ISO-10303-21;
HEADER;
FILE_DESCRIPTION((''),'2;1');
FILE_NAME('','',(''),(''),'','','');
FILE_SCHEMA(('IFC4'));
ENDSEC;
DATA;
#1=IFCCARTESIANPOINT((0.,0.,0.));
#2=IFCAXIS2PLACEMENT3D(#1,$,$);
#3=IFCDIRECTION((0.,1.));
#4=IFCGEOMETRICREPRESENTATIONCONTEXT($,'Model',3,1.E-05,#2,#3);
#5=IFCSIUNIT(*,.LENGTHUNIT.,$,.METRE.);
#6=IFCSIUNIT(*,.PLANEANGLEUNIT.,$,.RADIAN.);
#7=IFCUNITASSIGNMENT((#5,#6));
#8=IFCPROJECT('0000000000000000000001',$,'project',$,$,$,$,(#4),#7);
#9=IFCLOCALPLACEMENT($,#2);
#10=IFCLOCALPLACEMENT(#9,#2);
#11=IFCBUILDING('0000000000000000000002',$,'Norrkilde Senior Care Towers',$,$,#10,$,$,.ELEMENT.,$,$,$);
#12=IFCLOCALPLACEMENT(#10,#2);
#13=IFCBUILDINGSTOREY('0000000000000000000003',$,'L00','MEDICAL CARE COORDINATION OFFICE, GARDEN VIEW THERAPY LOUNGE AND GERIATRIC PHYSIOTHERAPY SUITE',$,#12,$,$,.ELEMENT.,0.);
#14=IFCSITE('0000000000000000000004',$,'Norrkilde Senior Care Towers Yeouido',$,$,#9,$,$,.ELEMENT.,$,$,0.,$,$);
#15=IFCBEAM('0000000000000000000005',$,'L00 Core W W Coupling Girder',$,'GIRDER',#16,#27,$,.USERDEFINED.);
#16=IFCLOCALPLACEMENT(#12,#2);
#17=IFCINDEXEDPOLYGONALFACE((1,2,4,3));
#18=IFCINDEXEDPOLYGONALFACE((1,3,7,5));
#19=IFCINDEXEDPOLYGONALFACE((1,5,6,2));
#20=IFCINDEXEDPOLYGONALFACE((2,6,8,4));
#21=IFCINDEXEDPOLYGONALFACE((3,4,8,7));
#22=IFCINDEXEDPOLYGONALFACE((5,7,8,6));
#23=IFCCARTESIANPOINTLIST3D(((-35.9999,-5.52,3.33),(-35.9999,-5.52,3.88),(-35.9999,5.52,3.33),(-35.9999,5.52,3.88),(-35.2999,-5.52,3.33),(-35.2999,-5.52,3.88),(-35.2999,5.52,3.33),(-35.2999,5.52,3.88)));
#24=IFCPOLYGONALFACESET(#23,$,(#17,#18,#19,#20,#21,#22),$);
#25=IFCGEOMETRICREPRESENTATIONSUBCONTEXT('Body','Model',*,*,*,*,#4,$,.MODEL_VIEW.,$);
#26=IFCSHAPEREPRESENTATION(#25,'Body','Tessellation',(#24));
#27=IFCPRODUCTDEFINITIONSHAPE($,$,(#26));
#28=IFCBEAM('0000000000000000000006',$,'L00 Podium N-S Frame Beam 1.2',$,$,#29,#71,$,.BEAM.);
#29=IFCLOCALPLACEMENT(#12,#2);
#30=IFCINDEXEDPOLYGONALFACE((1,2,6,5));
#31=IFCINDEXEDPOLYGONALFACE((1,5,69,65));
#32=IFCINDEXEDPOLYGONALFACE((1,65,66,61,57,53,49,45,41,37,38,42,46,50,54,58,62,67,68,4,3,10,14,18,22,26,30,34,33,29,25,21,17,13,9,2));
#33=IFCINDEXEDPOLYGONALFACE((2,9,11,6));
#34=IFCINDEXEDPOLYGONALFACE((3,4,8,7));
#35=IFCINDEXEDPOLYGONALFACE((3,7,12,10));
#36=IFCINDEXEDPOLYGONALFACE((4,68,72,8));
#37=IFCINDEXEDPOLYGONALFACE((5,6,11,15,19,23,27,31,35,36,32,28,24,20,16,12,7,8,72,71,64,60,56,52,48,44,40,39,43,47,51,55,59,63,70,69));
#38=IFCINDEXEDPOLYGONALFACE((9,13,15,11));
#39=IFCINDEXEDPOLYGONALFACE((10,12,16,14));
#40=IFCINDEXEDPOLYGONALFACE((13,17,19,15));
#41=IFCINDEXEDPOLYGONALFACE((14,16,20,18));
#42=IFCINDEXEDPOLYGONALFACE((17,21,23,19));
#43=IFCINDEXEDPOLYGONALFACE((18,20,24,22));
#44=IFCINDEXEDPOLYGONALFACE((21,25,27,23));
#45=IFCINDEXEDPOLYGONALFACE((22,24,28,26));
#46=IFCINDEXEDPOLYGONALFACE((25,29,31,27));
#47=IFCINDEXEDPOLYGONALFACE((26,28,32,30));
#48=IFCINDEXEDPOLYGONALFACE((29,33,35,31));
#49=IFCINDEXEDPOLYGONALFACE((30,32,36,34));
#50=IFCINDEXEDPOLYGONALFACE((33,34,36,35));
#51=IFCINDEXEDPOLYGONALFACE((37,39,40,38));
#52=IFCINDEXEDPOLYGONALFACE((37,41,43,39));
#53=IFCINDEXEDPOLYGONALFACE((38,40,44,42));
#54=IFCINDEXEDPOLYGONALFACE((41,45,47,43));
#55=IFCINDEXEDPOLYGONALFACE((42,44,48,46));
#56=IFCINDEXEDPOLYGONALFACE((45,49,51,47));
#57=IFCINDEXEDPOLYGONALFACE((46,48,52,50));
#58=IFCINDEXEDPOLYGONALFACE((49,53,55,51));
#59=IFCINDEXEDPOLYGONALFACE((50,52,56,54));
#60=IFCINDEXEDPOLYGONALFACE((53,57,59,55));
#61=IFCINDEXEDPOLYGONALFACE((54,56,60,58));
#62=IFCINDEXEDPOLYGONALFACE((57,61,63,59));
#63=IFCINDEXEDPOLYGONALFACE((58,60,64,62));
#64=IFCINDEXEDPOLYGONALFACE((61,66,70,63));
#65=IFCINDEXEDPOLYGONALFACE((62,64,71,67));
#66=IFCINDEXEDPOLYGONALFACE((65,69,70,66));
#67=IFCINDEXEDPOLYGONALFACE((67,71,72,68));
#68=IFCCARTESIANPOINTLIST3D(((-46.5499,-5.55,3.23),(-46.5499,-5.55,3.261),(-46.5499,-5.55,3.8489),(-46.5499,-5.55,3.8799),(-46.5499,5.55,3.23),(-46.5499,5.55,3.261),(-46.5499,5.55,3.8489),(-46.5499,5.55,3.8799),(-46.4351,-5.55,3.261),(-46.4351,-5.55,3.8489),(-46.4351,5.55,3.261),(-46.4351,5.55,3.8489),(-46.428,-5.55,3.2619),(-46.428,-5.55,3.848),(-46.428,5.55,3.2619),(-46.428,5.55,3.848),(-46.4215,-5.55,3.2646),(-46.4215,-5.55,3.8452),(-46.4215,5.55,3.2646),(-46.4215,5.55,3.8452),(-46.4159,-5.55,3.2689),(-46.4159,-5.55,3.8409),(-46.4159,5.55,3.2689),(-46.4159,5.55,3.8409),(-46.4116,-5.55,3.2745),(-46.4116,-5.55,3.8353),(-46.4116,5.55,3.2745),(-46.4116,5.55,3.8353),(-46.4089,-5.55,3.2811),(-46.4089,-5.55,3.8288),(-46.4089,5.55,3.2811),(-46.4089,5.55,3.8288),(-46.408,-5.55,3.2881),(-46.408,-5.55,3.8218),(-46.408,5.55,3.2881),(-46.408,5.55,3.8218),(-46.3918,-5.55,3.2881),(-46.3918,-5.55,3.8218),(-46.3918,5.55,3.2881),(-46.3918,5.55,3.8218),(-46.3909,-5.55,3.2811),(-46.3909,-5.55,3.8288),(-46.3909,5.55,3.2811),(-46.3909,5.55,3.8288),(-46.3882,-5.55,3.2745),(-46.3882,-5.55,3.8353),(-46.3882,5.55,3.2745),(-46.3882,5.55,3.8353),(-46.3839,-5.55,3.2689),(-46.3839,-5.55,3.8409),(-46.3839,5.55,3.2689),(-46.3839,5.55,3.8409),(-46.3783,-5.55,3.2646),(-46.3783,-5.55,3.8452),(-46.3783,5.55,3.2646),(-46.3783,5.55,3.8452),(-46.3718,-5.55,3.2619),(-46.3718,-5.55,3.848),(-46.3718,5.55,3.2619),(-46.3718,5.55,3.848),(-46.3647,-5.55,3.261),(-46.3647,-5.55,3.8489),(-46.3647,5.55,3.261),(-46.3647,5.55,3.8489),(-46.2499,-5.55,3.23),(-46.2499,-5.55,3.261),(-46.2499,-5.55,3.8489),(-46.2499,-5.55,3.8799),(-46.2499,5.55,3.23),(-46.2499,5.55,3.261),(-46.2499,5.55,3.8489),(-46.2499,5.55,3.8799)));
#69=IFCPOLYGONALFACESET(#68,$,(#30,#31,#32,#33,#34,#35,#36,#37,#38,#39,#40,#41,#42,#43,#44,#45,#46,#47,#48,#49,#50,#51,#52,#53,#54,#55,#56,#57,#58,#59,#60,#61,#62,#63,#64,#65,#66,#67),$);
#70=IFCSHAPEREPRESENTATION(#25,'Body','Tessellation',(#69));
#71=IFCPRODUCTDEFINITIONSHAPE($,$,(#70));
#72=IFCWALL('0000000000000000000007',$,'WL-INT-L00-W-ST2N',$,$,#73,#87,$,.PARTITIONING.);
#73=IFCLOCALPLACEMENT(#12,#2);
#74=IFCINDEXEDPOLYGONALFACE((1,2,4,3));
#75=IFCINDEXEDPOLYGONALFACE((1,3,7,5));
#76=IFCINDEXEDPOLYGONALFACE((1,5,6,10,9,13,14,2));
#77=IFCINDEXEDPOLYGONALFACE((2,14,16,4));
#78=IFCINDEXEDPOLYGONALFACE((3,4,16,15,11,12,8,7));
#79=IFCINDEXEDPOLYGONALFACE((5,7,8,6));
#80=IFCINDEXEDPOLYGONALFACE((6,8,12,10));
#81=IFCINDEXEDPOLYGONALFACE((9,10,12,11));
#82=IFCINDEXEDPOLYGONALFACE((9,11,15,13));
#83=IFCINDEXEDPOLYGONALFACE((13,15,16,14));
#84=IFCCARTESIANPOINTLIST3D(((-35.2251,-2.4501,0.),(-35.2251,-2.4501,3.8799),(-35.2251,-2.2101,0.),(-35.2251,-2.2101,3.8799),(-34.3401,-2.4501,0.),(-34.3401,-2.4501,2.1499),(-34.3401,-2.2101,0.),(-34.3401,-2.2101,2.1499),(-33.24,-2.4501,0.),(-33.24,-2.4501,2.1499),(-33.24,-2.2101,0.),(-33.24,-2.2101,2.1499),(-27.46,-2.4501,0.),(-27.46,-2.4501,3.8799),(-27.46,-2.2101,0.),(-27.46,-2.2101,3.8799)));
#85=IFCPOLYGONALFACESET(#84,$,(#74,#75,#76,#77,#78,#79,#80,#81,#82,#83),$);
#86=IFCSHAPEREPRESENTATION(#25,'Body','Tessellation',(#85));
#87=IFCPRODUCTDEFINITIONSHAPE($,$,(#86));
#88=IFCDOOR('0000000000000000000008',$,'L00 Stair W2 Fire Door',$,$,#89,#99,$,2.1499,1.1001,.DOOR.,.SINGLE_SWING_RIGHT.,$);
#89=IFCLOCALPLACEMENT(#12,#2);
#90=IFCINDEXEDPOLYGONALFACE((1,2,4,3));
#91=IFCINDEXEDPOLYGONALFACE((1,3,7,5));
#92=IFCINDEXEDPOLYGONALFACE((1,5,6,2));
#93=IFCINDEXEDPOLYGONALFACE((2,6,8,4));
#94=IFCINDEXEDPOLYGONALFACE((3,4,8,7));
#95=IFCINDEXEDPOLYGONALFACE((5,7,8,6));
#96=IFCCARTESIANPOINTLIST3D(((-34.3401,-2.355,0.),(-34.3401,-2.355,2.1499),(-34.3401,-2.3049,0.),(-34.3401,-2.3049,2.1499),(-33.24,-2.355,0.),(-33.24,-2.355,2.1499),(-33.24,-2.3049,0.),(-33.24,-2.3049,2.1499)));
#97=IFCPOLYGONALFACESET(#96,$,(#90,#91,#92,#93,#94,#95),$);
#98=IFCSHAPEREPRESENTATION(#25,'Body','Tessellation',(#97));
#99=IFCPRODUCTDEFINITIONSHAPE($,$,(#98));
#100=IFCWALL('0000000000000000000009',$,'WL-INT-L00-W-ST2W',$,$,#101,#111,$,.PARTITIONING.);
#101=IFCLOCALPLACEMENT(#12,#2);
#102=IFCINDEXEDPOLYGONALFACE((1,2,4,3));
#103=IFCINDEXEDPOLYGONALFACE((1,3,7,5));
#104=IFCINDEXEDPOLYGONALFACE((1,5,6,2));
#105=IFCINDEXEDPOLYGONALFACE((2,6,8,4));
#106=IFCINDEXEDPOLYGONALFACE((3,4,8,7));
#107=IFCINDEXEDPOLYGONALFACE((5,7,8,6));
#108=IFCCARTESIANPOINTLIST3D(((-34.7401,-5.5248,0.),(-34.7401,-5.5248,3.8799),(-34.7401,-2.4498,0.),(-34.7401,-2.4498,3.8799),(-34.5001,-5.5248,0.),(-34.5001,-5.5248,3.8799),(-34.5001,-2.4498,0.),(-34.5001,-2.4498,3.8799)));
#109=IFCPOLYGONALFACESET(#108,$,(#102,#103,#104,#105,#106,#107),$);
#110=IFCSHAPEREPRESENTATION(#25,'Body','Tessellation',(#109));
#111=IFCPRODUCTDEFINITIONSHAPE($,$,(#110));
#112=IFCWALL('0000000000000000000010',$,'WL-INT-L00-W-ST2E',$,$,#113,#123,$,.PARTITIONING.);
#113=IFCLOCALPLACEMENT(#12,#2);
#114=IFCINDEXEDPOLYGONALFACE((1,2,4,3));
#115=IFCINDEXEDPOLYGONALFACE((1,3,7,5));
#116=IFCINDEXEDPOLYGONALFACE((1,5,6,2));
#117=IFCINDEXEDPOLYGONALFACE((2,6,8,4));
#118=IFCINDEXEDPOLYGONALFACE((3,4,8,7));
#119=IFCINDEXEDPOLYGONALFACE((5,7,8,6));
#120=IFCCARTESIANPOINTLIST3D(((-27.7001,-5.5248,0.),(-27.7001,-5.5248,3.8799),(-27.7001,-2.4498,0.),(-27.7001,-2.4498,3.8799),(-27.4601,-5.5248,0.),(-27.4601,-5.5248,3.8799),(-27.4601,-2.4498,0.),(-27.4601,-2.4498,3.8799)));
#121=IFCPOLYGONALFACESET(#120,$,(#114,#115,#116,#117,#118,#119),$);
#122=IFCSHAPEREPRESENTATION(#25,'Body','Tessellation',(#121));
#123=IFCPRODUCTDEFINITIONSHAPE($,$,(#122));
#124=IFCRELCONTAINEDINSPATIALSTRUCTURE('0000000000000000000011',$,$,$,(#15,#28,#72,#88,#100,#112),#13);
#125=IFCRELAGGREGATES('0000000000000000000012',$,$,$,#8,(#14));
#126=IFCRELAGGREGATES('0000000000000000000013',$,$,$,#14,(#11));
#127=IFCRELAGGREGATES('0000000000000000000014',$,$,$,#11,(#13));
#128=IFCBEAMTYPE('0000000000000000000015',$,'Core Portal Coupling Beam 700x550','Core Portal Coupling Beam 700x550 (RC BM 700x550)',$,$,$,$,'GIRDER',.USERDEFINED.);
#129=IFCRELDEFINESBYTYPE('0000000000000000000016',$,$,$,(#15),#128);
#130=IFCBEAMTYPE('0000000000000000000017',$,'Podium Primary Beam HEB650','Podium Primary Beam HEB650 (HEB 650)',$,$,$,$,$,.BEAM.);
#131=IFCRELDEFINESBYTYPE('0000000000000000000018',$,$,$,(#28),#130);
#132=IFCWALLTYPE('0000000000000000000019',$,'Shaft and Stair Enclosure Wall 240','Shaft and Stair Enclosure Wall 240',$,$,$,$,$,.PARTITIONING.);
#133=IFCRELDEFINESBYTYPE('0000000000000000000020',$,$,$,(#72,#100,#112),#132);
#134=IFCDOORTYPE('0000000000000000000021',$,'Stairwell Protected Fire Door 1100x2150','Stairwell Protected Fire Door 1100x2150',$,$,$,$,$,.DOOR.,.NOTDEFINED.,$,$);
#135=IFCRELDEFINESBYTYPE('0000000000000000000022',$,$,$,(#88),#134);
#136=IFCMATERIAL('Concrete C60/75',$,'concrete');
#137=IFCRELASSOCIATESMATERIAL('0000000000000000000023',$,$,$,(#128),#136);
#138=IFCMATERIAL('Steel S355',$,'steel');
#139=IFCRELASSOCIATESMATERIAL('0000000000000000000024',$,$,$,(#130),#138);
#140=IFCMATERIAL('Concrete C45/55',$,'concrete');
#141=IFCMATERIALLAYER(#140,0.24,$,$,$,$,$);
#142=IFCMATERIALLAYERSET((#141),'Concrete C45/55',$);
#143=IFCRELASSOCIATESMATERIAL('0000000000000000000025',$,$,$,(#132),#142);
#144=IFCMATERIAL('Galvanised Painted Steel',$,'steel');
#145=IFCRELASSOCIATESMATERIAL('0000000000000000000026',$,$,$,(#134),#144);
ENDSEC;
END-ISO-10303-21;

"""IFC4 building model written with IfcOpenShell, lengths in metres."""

from ifc_helpers import new_model, si_unit, direction, frame, frame_2d, origin, origin_2d, place, context, subcontext, project, spatial, rectangle, i_section, extrude, source, transform, mapped, material, layer, layer_set, material_profile, profile_set, type_object, type_shapes, element, fill, save


model = new_model("IFC4")

# Units and contexts
model_context = context("Model", 3, precision=1e-05, world=origin(), true_north=direction((0.0, 1.0)))
body_context = subcontext(model_context, "Body", "Model", "MODEL_VIEW")
ifc_project = project(units=[si_unit("LENGTHUNIT", "METRE"), si_unit("PLANEANGLEUNIT", "RADIAN")], contexts=[model_context])

# Site, building, storey
site_placement = place(None, origin())
site = spatial("IfcSite", under=ifc_project, at=site_placement, Name="Norrkilde Senior Care Towers Yeouido", CompositionType="ELEMENT", RefElevation=0.0)
building_placement = place(site_placement, origin())
building = spatial("IfcBuilding", under=site, at=building_placement, Name="Norrkilde Senior Care Towers", CompositionType="ELEMENT")
storey_placement = place(building_placement, origin())
storey = spatial("IfcBuildingStorey", under=building, at=storey_placement, Name="L00", Description="MEDICAL CARE COORDINATION OFFICE, GARDEN VIEW THERAPY LOUNGE AND GERIATRIC PHYSIOTHERAPY SUITE", CompositionType="ELEMENT", Elevation=0.0)

# Beams
ifc_material_1 = material(Name="Concrete C60/75", Category="concrete")
ifc_material_profile_1 = material_profile(ifc_material_1, rectangle(XDim=0.7, YDim=0.55, at=origin_2d()), Name="RC BM 700x550")
ifc_profile_set_1 = profile_set([ifc_material_profile_1], Name="Concrete C60/75")
beam_type_1 = type_object("IfcBeamType", Name="Core Portal Coupling Beam 700x550", Description="Core Portal Coupling Beam 700x550 (RC BM 700x550)", ElementType="GIRDER", PredefinedType="USERDEFINED", material=ifc_profile_set_1)
shared_shape_1 = source(origin(), body_context, "Body", "SweptSolid", [
    extrude(rectangle(XDim=0.7, YDim=0.55, at=origin_2d()), origin(), (0.0, 0.0, 1.0), 11.04),
])
type_shapes(beam_type_1, [shared_shape_1])
beam_1_placement = place(storey_placement, frame((-35.6499, -5.52, 3.605), z_axis=(0.0, 1.0, 0.0), x_axis=(-1.0, 0.0, 0.0)))
element("IfcBeam", 1, at=beam_1_placement, inside=storey, type_object=beam_type_1, Name="L00 Core W W Coupling Girder", ObjectType="GIRDER", PredefinedType="USERDEFINED", context=body_context, shape_type="MappedRepresentation", body=[
    mapped(shared_shape_1, transform((0.0, 0.0, 0.0), x_axis=(1.0, 0.0, 0.0), y_axis=(0.0, 1.0, 0.0), z_axis=(0.0, 0.0, 1.0), scale=1.0)),
])
ifc_material_2 = material(Name="Steel S355", Category="steel")
ifc_material_profile_2 = material_profile(ifc_material_2, i_section(OverallWidth=0.3, OverallDepth=0.6499, WebThickness=0.0161, FlangeThickness=0.031, FilletRadius=0.0271, at=origin_2d()), Name="HEB 650")
ifc_profile_set_2 = profile_set([ifc_material_profile_2], Name="Steel S355")
beam_type_2 = type_object("IfcBeamType", Name="Podium Primary Beam HEB650", Description="Podium Primary Beam HEB650 (HEB 650)", PredefinedType="BEAM", material=ifc_profile_set_2)
shared_shape_2 = source(origin(), body_context, "Body", "SweptSolid", [
    extrude(i_section(OverallWidth=0.3, OverallDepth=0.6499, WebThickness=0.0161, FlangeThickness=0.031, FilletRadius=0.0271, at=origin_2d()), origin(), (0.0, 0.0, 1.0), 11.1001),
])
type_shapes(beam_type_2, [shared_shape_2])
beam_2_placement = place(storey_placement, frame((-46.3999, -5.55, 3.5549), z_axis=(0.0, 1.0, 0.0), x_axis=(-1.0, 0.0, 0.0)))
element("IfcBeam", 2, at=beam_2_placement, inside=storey, type_object=beam_type_2, Name="L00 Podium N-S Frame Beam 1.2", PredefinedType="BEAM", context=body_context, shape_type="MappedRepresentation", body=[
    mapped(shared_shape_2, transform((0.0, 0.0, 0.0), x_axis=(1.0, 0.0, 0.0), y_axis=(0.0, 1.0, 0.0), z_axis=(0.0, 0.0, 1.0), scale=1.0)),
])

# Wall, opening, door
ifc_material_3 = material(Name="Galvanised Painted Steel", Category="steel")
ifc_material_4 = material(Name="Concrete C45/55", Category="concrete")
ifc_layer_1 = layer(ifc_material_4, 0.24)
ifc_layer_set_1 = layer_set([ifc_layer_1], Name="Concrete C45/55")
wall_type_1 = type_object("IfcWallType", Name="Shaft and Stair Enclosure Wall 240", Description="Shaft and Stair Enclosure Wall 240", PredefinedType="PARTITIONING", material=ifc_layer_set_1)
shared_shape_3 = source(origin(), body_context, "Body", "SweptSolid", [
    extrude(rectangle(XDim=7.7651, YDim=0.24, at=frame_2d((3.8826, 0.0))), origin(), (0.0, 0.0, 1.0), 3.8799),
])
wall_1_placement = place(storey_placement, frame((-35.2251, -2.3301, 0.0), z_axis=(0.0, 0.0, 1.0), x_axis=(1.0, 0.0, 0.0)))
wall_1 = element("IfcWall", 3, at=wall_1_placement, inside=storey, type_object=wall_type_1, Name="WL-INT-L00-W-ST2N", PredefinedType="PARTITIONING", context=body_context, shape_type="MappedRepresentation", body=[
    mapped(shared_shape_3, transform((0.0, 0.0, 0.0), x_axis=(1.0, 0.0, 0.0), y_axis=(0.0, 1.0, 0.0), z_axis=(0.0, 0.0, 1.0), scale=1.0)),
])
opening_1_placement = place(wall_1_placement, frame((0.885, 0.0, 0.0)))
opening_1 = element("IfcOpeningElement", 4, at=opening_1_placement, cuts=wall_1, PredefinedType="OPENING", context=body_context, shape_type="SweptSolid", body=[
    extrude(rectangle(XDim=1.1001, YDim=2.1499, at=frame_2d((0.55, 1.075))), frame((0.0, 0.1299, 0.0), z_axis=(0.0, -1.0, 0.0), x_axis=(1.0, 0.0, 0.0)), (0.0, 0.0, 1.0), 0.26),
])
door_type_1 = type_object("IfcDoorType", Name="Stairwell Protected Fire Door 1100x2150", Description="Stairwell Protected Fire Door 1100x2150", OperationType="NOTDEFINED", PredefinedType="DOOR", material=ifc_material_3)
shared_shape_4 = source(origin(), body_context, "Body", "SweptSolid", [
    extrude(rectangle(XDim=1.1001, YDim=2.1499, at=frame_2d((0.55, 1.075))), frame((0.0, 0.0249, 0.0), z_axis=(0.0, -1.0, 0.0), x_axis=(1.0, 0.0, 0.0)), (0.0, 0.0, 1.0), 0.05),
])
type_shapes(door_type_1, [shared_shape_4])
door_1_placement = place(opening_1_placement, frame((1.1001, 0.0, 0.0), z_axis=(0.0, 0.0, 1.0), x_axis=(-1.0, 0.0, 0.0)))
door_1 = element("IfcDoor", 5, at=door_1_placement, inside=storey, type_object=door_type_1, Name="L00 Stair W2 Fire Door", OperationType="SINGLE_SWING_RIGHT", OverallHeight=2.1499, OverallWidth=1.1001, PredefinedType="DOOR", context=body_context, shape_type="MappedRepresentation", body=[
    mapped(shared_shape_4, transform((0.0, 0.0, 0.0), x_axis=(1.0, 0.0, 0.0), y_axis=(0.0, 1.0, 0.0), z_axis=(0.0, 0.0, 1.0), scale=1.0)),
])
fill(opening_1, door_1)

# Walls
shared_shape_5 = source(origin(), body_context, "Body", "SweptSolid", [
    extrude(rectangle(XDim=3.075, YDim=0.24, at=frame_2d((1.5376, 0.0))), origin(), (0.0, 0.0, 1.0), 3.8799),
])
type_shapes(wall_type_1, [shared_shape_3, shared_shape_5])
for number, where, z_axis, x_axis, name in (
    (6, (-34.6201, -5.5249, 0.0), (0.0, 0.0, 1.0), (0.0, 1.0, 0.0), "WL-INT-L00-W-ST2W"),
    (7, (-27.5801, -5.5249, 0.0), (0.0, 0.0, 1.0), (0.0, 1.0, 0.0), "WL-INT-L00-W-ST2E"),
):
    element("IfcWall", number, at=place(storey_placement, frame(where, z_axis=z_axis, x_axis=x_axis)), inside=storey, type_object=wall_type_1, Name=name, PredefinedType="PARTITIONING", context=body_context, shape_type="MappedRepresentation", body=[
        mapped(shared_shape_5, transform((0.0, 0.0, 0.0), x_axis=(1.0, 0.0, 0.0), y_axis=(0.0, 1.0, 0.0), z_axis=(0.0, 0.0, 1.0), scale=1.0)),
    ])

save(model, "model.ifc")
